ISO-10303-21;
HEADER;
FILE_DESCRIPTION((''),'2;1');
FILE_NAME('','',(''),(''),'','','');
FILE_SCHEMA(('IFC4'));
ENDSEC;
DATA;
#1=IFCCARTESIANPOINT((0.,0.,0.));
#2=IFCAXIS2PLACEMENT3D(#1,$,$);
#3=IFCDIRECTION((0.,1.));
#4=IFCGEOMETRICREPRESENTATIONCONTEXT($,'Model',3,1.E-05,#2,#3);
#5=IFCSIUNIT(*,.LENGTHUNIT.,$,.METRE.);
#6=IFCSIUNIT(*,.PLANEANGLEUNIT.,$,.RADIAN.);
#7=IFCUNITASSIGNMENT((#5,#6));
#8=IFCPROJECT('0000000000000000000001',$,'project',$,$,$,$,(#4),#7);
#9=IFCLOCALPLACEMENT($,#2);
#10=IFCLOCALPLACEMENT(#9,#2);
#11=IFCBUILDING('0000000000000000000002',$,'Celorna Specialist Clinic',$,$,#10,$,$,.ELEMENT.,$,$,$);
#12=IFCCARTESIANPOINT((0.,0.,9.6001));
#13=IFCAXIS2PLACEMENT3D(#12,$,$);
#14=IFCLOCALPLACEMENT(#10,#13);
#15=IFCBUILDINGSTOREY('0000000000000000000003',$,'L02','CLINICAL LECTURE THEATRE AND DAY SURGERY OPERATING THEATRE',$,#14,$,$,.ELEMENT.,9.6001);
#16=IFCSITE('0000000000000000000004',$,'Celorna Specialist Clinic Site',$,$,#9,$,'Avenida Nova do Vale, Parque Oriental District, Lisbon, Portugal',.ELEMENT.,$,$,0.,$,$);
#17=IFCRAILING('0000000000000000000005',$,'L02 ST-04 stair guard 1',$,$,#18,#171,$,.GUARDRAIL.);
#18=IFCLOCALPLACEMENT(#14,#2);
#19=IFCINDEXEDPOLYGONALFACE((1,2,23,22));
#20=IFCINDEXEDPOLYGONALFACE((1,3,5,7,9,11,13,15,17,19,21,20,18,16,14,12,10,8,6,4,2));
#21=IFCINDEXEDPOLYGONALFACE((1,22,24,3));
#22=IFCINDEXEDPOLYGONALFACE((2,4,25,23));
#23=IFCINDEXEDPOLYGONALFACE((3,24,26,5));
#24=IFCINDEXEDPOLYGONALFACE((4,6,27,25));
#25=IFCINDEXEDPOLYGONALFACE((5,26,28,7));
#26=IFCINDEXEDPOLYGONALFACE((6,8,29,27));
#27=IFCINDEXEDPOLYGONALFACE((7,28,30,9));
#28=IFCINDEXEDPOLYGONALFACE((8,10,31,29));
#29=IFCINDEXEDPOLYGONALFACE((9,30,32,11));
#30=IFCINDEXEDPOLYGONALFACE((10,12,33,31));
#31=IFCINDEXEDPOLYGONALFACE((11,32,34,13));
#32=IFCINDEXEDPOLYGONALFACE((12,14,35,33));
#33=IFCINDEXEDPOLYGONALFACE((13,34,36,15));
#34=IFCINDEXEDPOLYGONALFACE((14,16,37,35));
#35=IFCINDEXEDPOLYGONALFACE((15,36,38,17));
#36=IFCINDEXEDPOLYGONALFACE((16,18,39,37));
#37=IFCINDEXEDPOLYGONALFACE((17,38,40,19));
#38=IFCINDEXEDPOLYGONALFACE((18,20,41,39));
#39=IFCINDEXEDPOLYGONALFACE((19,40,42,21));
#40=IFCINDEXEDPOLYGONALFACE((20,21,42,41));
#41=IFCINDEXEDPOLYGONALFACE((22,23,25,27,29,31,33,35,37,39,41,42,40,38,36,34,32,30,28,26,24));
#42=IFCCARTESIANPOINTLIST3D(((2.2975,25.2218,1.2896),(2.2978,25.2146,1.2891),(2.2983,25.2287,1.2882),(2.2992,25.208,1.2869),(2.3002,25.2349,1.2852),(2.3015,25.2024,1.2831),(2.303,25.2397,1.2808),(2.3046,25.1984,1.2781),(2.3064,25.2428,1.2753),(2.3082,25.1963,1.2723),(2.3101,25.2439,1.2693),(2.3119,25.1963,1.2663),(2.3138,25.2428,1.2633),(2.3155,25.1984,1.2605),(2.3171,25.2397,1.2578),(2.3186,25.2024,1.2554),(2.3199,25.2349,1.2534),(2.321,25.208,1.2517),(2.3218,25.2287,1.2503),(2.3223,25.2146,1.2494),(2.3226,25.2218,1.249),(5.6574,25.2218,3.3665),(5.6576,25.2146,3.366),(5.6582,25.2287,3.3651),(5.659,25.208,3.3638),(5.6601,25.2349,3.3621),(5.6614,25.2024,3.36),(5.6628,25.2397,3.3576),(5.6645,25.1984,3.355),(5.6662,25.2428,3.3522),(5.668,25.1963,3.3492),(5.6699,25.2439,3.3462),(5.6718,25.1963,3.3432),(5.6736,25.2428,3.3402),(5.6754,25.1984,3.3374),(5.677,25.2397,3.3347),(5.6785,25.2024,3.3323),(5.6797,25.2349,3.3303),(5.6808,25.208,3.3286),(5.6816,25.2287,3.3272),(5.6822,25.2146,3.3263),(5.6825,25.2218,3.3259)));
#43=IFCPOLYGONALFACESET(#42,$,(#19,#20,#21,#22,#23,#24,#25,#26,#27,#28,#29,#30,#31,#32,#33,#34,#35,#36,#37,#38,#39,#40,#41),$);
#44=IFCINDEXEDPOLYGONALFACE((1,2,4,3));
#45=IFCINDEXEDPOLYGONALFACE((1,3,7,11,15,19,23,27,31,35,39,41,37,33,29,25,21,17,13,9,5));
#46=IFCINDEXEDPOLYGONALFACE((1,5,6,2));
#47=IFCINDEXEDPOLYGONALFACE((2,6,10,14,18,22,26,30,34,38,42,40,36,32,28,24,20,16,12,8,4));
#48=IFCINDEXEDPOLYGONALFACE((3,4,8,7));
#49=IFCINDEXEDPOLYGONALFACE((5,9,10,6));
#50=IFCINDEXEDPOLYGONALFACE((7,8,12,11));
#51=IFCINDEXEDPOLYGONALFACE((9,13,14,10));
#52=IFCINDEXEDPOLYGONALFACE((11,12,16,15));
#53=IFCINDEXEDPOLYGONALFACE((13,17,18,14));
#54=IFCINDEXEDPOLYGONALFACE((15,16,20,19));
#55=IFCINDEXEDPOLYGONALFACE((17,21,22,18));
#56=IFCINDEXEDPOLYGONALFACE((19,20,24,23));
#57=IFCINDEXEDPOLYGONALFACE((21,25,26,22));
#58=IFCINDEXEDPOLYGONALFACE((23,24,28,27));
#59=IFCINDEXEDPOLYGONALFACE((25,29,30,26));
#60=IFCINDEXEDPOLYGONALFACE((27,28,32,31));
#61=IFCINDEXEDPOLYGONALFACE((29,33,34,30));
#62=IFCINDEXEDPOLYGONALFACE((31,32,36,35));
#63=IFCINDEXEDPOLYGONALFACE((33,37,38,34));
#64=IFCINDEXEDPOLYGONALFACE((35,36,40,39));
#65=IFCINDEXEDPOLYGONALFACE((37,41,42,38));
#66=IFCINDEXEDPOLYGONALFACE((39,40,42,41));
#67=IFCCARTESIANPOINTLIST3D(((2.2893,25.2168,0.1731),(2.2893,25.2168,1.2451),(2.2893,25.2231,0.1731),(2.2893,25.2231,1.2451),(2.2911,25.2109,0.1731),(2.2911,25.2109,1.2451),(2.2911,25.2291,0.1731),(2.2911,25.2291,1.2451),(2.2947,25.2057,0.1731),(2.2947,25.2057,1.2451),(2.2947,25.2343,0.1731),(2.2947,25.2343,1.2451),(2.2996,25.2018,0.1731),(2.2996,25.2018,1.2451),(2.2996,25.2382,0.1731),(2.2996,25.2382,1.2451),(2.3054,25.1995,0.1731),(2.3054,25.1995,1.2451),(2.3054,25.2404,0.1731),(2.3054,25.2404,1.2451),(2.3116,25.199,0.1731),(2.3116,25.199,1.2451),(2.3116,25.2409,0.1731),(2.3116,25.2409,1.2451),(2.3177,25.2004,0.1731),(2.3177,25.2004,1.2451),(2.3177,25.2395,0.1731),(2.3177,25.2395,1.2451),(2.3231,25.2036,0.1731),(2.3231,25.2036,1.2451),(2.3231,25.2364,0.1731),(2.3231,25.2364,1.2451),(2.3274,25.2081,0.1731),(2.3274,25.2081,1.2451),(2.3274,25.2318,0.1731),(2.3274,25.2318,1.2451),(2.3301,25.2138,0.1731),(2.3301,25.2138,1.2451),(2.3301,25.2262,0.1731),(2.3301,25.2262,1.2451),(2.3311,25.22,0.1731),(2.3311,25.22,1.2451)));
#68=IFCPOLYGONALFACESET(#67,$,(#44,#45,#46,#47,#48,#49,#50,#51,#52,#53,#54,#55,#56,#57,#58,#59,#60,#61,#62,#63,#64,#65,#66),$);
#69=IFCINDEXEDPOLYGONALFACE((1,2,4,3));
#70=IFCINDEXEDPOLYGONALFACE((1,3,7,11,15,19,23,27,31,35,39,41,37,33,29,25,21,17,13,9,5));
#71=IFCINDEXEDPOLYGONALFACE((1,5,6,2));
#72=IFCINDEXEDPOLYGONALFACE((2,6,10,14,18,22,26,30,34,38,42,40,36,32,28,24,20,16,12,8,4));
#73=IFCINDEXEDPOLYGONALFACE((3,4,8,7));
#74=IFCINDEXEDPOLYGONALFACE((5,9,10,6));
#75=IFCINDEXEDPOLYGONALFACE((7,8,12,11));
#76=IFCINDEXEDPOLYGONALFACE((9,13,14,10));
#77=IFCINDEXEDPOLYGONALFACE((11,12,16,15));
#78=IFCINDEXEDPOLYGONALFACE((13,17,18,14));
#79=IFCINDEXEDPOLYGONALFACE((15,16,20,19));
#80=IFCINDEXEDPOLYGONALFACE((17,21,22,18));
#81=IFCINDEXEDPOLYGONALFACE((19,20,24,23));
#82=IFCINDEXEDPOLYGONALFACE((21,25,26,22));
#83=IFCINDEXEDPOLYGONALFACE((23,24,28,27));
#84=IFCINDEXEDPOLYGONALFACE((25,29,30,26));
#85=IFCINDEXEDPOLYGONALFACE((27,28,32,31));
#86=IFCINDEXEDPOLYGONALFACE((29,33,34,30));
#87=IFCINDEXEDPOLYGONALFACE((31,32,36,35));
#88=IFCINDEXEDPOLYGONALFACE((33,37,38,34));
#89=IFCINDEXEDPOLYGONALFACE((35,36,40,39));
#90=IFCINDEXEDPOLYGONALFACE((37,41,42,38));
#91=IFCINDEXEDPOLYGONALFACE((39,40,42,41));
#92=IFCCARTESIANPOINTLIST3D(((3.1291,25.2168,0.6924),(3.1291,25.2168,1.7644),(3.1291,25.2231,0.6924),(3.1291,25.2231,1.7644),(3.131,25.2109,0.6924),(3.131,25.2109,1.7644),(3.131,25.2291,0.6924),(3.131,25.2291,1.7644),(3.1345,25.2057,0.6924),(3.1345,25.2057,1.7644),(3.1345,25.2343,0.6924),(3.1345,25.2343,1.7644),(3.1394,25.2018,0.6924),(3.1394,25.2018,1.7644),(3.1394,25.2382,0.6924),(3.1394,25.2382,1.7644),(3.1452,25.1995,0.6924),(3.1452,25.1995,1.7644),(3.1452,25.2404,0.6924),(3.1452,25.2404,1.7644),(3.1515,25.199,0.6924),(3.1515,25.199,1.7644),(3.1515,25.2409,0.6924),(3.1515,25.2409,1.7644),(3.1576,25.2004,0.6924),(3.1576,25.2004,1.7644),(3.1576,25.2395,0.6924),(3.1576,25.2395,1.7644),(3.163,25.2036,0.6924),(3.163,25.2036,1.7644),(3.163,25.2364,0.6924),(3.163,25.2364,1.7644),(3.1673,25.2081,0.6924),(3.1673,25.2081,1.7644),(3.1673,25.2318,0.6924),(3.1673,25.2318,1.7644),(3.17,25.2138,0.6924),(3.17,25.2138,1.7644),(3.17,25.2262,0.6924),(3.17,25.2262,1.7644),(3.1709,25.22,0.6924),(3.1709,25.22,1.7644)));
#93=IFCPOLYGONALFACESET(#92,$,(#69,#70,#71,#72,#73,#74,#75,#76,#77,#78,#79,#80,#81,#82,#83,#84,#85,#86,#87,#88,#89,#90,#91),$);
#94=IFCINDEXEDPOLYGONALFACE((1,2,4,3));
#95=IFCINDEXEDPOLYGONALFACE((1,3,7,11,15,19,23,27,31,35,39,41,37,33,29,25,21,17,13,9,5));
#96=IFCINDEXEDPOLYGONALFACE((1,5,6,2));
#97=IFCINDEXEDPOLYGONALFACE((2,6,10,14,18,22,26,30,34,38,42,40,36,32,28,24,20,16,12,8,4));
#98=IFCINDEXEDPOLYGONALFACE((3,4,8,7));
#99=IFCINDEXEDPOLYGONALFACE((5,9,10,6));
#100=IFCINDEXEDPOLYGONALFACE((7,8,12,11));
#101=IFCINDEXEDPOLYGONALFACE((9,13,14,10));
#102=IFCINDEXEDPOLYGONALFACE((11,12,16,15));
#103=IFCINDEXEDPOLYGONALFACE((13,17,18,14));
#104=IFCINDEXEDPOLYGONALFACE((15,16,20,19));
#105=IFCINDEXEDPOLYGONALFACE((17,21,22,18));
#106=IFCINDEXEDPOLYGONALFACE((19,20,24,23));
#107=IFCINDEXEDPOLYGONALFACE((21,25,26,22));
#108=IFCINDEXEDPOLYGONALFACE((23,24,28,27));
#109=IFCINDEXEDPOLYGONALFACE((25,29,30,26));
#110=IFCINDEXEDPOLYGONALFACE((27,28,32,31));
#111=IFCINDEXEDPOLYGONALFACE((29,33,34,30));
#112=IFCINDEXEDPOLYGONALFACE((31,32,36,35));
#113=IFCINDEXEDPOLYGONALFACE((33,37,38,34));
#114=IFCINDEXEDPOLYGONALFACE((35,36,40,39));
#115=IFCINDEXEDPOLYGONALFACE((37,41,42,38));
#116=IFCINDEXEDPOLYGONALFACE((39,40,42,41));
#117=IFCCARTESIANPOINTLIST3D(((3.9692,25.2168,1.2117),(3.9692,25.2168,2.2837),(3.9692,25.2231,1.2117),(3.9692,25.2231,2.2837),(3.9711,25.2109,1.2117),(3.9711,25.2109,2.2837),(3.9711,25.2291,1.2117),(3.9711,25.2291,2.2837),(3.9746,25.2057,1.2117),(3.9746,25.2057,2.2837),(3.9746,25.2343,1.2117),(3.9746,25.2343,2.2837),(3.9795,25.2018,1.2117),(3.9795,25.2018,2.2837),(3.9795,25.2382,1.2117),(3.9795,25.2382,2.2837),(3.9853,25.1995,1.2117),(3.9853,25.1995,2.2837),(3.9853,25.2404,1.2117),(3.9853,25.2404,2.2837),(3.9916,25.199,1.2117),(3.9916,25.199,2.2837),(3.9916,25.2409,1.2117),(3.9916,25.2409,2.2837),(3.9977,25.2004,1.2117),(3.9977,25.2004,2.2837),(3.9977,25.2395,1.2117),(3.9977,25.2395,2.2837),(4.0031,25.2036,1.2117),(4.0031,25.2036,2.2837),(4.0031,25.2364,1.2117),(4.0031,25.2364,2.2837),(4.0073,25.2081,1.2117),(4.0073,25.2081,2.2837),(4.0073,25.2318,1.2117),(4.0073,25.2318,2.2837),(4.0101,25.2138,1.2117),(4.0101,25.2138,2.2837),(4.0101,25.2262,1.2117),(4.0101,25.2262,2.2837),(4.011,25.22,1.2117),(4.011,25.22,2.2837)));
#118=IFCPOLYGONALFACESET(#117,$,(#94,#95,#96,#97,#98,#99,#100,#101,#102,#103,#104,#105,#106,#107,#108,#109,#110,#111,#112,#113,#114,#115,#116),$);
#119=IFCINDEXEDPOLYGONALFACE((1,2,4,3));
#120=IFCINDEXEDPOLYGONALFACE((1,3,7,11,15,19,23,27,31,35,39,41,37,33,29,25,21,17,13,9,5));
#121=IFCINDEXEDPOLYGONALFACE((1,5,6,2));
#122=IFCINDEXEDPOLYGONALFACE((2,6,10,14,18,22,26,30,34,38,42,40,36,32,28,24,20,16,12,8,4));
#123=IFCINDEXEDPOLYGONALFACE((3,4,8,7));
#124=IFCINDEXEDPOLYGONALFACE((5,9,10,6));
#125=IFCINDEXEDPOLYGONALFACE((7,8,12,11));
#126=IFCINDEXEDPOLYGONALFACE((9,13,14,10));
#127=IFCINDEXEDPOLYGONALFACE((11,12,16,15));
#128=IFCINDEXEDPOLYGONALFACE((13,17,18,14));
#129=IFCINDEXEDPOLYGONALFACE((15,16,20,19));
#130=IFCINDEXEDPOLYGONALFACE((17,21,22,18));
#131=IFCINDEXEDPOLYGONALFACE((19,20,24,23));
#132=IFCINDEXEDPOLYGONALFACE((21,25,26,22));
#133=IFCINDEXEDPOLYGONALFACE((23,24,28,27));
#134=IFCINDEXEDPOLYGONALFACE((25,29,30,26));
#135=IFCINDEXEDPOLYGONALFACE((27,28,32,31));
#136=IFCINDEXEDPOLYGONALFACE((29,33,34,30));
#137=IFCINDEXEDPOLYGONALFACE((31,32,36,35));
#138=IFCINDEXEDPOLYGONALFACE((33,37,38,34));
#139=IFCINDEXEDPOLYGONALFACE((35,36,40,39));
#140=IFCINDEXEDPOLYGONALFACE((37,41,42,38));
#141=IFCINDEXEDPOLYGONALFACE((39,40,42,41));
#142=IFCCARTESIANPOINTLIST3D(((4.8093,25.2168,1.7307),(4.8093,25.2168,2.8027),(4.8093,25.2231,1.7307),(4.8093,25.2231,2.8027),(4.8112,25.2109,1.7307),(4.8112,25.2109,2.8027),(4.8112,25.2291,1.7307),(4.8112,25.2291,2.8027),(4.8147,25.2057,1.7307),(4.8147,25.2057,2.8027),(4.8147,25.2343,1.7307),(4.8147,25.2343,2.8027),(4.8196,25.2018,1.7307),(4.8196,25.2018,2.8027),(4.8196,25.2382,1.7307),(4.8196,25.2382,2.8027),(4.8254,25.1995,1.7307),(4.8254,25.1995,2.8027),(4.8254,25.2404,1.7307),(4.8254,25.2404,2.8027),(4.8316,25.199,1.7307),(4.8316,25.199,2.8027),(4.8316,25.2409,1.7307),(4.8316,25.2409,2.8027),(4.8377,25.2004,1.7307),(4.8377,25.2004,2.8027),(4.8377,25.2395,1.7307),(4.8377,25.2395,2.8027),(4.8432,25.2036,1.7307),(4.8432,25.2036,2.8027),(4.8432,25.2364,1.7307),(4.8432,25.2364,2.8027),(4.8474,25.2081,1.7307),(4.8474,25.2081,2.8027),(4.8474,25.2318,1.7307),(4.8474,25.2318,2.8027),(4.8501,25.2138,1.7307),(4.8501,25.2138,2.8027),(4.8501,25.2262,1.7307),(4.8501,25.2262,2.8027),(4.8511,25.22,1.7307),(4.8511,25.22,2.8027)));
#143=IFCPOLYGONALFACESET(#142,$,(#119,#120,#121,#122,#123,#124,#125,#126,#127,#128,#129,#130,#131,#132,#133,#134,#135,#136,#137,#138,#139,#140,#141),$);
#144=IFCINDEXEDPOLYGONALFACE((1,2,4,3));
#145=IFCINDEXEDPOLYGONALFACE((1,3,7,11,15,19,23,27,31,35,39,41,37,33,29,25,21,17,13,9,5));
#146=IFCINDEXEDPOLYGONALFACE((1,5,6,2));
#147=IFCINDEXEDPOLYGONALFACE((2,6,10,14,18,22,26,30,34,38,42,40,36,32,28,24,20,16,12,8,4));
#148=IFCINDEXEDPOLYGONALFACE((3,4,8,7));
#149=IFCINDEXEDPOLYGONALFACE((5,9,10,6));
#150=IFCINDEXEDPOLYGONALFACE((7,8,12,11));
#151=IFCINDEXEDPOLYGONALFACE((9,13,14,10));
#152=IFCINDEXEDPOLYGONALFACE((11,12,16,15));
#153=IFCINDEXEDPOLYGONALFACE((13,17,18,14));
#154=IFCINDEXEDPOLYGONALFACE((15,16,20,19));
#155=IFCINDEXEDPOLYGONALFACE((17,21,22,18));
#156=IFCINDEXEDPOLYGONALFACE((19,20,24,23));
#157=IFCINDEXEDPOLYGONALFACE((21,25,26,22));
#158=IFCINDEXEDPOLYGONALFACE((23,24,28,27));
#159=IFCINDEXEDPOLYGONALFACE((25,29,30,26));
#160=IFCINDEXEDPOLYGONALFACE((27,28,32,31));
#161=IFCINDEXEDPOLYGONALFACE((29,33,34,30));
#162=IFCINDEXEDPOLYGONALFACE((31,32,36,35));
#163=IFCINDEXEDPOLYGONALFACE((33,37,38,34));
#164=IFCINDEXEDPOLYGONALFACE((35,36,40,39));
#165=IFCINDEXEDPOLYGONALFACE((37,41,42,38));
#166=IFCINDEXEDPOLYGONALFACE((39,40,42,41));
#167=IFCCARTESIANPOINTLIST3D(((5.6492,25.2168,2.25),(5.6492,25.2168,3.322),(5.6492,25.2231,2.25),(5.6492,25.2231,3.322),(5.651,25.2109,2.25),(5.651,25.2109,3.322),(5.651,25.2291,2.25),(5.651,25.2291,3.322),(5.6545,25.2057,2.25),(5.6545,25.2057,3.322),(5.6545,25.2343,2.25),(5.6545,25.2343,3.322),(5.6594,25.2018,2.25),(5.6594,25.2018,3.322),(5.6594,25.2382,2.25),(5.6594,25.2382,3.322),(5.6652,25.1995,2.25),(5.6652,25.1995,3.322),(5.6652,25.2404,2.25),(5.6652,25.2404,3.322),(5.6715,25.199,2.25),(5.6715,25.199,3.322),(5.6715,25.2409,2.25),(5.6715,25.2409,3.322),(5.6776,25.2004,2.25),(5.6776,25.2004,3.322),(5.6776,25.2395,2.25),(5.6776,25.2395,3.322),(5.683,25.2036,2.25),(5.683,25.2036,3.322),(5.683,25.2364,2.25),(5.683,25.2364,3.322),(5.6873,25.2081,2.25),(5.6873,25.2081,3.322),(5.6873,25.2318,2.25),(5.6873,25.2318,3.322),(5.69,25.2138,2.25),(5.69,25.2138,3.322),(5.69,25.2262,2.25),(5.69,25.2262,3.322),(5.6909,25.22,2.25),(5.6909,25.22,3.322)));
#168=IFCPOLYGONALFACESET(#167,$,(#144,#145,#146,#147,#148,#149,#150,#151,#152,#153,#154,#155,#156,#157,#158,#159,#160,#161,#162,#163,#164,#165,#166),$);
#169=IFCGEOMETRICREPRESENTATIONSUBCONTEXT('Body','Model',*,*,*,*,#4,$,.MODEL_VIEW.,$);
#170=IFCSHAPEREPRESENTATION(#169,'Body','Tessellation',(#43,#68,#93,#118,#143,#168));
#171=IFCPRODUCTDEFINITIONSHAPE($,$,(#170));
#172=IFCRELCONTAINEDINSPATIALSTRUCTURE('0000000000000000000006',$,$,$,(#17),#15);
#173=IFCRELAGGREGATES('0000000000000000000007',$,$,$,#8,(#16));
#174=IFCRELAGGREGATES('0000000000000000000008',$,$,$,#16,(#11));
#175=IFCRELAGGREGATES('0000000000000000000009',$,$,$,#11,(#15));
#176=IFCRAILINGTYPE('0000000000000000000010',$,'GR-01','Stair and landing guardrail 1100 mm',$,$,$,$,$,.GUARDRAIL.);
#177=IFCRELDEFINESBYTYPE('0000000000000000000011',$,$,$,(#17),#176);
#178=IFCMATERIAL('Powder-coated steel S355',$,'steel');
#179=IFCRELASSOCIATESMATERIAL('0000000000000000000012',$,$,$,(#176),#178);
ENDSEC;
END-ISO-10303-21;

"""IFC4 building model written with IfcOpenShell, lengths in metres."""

from ifc_helpers import new_model, si_unit, direction, frame, origin, origin_2d, place, context, subcontext, project, spatial, circle, extrude, material, type_object, element, save


model = new_model("IFC4")

# Units and contexts
model_context = context("Model", 3, precision=1e-05, world=origin(), true_north=direction((0.0, 1.0)))
body_context = subcontext(model_context, "Body", "Model", "MODEL_VIEW")
ifc_project = project(units=[si_unit("LENGTHUNIT", "METRE"), si_unit("PLANEANGLEUNIT", "RADIAN")], contexts=[model_context])

# Site, building, storey
site_placement = place(None, origin())
site = spatial("IfcSite", under=ifc_project, at=site_placement, Name="Celorna Specialist Clinic Site", LongName="Avenida Nova do Vale, Parque Oriental District, Lisbon, Portugal", CompositionType="ELEMENT", RefElevation=0.0)
building_placement = place(site_placement, origin())
building = spatial("IfcBuilding", under=site, at=building_placement, Name="Celorna Specialist Clinic", CompositionType="ELEMENT")
storey_placement = place(building_placement, frame((0.0, 0.0, 9.6001)))
storey = spatial("IfcBuildingStorey", under=building, at=storey_placement, Name="L02", Description="CLINICAL LECTURE THEATRE AND DAY SURGERY OPERATING THEATRE", CompositionType="ELEMENT", Elevation=9.6001)

# Railing
ifc_material_1 = material(Name="Powder-coated steel S355", Category="steel")
railing_type_1 = type_object("IfcRailingType", Name="GR-01", Description="Stair and landing guardrail 1100 mm", PredefinedType="GUARDRAIL", material=ifc_material_1)
railing_1_placement = place(storey_placement, frame((2.3101, 25.22, 0.1731)))
element("IfcRailing", 1, at=railing_1_placement, inside=storey, type_object=railing_type_1, Name="L02 ST-04 stair guard 1", PredefinedType="GUARDRAIL", context=body_context, shape_type="SweptSolid", body=[
    extrude(circle(Radius=0.0239, at=origin_2d()), frame((0.0, 0.0, 1.0962), z_axis=(0.850606, 0.0, 0.525803), x_axis=(0.0, 1.0, 0.0)), (0.0, 0.0, 1.0), 3.95),
    extrude(circle(Radius=0.021, at=origin_2d()), origin(), (0.0, 0.0, 1.0), 1.072),
    extrude(circle(Radius=0.021, at=origin_2d()), frame((0.8398, 0.0, 0.5193)), (0.0, 0.0, 1.0), 1.072),
    extrude(circle(Radius=0.021, at=origin_2d()), frame((1.6799, 0.0, 1.0386)), (0.0, 0.0, 1.0), 1.072),
    extrude(circle(Radius=0.021, at=origin_2d()), frame((2.52, 0.0, 1.5576)), (0.0, 0.0, 1.0), 1.072),
    extrude(circle(Radius=0.021, at=origin_2d()), frame((3.3599, 0.0, 2.0769)), (0.0, 0.0, 1.0), 1.072),
])

save(model, "model.ifc")
